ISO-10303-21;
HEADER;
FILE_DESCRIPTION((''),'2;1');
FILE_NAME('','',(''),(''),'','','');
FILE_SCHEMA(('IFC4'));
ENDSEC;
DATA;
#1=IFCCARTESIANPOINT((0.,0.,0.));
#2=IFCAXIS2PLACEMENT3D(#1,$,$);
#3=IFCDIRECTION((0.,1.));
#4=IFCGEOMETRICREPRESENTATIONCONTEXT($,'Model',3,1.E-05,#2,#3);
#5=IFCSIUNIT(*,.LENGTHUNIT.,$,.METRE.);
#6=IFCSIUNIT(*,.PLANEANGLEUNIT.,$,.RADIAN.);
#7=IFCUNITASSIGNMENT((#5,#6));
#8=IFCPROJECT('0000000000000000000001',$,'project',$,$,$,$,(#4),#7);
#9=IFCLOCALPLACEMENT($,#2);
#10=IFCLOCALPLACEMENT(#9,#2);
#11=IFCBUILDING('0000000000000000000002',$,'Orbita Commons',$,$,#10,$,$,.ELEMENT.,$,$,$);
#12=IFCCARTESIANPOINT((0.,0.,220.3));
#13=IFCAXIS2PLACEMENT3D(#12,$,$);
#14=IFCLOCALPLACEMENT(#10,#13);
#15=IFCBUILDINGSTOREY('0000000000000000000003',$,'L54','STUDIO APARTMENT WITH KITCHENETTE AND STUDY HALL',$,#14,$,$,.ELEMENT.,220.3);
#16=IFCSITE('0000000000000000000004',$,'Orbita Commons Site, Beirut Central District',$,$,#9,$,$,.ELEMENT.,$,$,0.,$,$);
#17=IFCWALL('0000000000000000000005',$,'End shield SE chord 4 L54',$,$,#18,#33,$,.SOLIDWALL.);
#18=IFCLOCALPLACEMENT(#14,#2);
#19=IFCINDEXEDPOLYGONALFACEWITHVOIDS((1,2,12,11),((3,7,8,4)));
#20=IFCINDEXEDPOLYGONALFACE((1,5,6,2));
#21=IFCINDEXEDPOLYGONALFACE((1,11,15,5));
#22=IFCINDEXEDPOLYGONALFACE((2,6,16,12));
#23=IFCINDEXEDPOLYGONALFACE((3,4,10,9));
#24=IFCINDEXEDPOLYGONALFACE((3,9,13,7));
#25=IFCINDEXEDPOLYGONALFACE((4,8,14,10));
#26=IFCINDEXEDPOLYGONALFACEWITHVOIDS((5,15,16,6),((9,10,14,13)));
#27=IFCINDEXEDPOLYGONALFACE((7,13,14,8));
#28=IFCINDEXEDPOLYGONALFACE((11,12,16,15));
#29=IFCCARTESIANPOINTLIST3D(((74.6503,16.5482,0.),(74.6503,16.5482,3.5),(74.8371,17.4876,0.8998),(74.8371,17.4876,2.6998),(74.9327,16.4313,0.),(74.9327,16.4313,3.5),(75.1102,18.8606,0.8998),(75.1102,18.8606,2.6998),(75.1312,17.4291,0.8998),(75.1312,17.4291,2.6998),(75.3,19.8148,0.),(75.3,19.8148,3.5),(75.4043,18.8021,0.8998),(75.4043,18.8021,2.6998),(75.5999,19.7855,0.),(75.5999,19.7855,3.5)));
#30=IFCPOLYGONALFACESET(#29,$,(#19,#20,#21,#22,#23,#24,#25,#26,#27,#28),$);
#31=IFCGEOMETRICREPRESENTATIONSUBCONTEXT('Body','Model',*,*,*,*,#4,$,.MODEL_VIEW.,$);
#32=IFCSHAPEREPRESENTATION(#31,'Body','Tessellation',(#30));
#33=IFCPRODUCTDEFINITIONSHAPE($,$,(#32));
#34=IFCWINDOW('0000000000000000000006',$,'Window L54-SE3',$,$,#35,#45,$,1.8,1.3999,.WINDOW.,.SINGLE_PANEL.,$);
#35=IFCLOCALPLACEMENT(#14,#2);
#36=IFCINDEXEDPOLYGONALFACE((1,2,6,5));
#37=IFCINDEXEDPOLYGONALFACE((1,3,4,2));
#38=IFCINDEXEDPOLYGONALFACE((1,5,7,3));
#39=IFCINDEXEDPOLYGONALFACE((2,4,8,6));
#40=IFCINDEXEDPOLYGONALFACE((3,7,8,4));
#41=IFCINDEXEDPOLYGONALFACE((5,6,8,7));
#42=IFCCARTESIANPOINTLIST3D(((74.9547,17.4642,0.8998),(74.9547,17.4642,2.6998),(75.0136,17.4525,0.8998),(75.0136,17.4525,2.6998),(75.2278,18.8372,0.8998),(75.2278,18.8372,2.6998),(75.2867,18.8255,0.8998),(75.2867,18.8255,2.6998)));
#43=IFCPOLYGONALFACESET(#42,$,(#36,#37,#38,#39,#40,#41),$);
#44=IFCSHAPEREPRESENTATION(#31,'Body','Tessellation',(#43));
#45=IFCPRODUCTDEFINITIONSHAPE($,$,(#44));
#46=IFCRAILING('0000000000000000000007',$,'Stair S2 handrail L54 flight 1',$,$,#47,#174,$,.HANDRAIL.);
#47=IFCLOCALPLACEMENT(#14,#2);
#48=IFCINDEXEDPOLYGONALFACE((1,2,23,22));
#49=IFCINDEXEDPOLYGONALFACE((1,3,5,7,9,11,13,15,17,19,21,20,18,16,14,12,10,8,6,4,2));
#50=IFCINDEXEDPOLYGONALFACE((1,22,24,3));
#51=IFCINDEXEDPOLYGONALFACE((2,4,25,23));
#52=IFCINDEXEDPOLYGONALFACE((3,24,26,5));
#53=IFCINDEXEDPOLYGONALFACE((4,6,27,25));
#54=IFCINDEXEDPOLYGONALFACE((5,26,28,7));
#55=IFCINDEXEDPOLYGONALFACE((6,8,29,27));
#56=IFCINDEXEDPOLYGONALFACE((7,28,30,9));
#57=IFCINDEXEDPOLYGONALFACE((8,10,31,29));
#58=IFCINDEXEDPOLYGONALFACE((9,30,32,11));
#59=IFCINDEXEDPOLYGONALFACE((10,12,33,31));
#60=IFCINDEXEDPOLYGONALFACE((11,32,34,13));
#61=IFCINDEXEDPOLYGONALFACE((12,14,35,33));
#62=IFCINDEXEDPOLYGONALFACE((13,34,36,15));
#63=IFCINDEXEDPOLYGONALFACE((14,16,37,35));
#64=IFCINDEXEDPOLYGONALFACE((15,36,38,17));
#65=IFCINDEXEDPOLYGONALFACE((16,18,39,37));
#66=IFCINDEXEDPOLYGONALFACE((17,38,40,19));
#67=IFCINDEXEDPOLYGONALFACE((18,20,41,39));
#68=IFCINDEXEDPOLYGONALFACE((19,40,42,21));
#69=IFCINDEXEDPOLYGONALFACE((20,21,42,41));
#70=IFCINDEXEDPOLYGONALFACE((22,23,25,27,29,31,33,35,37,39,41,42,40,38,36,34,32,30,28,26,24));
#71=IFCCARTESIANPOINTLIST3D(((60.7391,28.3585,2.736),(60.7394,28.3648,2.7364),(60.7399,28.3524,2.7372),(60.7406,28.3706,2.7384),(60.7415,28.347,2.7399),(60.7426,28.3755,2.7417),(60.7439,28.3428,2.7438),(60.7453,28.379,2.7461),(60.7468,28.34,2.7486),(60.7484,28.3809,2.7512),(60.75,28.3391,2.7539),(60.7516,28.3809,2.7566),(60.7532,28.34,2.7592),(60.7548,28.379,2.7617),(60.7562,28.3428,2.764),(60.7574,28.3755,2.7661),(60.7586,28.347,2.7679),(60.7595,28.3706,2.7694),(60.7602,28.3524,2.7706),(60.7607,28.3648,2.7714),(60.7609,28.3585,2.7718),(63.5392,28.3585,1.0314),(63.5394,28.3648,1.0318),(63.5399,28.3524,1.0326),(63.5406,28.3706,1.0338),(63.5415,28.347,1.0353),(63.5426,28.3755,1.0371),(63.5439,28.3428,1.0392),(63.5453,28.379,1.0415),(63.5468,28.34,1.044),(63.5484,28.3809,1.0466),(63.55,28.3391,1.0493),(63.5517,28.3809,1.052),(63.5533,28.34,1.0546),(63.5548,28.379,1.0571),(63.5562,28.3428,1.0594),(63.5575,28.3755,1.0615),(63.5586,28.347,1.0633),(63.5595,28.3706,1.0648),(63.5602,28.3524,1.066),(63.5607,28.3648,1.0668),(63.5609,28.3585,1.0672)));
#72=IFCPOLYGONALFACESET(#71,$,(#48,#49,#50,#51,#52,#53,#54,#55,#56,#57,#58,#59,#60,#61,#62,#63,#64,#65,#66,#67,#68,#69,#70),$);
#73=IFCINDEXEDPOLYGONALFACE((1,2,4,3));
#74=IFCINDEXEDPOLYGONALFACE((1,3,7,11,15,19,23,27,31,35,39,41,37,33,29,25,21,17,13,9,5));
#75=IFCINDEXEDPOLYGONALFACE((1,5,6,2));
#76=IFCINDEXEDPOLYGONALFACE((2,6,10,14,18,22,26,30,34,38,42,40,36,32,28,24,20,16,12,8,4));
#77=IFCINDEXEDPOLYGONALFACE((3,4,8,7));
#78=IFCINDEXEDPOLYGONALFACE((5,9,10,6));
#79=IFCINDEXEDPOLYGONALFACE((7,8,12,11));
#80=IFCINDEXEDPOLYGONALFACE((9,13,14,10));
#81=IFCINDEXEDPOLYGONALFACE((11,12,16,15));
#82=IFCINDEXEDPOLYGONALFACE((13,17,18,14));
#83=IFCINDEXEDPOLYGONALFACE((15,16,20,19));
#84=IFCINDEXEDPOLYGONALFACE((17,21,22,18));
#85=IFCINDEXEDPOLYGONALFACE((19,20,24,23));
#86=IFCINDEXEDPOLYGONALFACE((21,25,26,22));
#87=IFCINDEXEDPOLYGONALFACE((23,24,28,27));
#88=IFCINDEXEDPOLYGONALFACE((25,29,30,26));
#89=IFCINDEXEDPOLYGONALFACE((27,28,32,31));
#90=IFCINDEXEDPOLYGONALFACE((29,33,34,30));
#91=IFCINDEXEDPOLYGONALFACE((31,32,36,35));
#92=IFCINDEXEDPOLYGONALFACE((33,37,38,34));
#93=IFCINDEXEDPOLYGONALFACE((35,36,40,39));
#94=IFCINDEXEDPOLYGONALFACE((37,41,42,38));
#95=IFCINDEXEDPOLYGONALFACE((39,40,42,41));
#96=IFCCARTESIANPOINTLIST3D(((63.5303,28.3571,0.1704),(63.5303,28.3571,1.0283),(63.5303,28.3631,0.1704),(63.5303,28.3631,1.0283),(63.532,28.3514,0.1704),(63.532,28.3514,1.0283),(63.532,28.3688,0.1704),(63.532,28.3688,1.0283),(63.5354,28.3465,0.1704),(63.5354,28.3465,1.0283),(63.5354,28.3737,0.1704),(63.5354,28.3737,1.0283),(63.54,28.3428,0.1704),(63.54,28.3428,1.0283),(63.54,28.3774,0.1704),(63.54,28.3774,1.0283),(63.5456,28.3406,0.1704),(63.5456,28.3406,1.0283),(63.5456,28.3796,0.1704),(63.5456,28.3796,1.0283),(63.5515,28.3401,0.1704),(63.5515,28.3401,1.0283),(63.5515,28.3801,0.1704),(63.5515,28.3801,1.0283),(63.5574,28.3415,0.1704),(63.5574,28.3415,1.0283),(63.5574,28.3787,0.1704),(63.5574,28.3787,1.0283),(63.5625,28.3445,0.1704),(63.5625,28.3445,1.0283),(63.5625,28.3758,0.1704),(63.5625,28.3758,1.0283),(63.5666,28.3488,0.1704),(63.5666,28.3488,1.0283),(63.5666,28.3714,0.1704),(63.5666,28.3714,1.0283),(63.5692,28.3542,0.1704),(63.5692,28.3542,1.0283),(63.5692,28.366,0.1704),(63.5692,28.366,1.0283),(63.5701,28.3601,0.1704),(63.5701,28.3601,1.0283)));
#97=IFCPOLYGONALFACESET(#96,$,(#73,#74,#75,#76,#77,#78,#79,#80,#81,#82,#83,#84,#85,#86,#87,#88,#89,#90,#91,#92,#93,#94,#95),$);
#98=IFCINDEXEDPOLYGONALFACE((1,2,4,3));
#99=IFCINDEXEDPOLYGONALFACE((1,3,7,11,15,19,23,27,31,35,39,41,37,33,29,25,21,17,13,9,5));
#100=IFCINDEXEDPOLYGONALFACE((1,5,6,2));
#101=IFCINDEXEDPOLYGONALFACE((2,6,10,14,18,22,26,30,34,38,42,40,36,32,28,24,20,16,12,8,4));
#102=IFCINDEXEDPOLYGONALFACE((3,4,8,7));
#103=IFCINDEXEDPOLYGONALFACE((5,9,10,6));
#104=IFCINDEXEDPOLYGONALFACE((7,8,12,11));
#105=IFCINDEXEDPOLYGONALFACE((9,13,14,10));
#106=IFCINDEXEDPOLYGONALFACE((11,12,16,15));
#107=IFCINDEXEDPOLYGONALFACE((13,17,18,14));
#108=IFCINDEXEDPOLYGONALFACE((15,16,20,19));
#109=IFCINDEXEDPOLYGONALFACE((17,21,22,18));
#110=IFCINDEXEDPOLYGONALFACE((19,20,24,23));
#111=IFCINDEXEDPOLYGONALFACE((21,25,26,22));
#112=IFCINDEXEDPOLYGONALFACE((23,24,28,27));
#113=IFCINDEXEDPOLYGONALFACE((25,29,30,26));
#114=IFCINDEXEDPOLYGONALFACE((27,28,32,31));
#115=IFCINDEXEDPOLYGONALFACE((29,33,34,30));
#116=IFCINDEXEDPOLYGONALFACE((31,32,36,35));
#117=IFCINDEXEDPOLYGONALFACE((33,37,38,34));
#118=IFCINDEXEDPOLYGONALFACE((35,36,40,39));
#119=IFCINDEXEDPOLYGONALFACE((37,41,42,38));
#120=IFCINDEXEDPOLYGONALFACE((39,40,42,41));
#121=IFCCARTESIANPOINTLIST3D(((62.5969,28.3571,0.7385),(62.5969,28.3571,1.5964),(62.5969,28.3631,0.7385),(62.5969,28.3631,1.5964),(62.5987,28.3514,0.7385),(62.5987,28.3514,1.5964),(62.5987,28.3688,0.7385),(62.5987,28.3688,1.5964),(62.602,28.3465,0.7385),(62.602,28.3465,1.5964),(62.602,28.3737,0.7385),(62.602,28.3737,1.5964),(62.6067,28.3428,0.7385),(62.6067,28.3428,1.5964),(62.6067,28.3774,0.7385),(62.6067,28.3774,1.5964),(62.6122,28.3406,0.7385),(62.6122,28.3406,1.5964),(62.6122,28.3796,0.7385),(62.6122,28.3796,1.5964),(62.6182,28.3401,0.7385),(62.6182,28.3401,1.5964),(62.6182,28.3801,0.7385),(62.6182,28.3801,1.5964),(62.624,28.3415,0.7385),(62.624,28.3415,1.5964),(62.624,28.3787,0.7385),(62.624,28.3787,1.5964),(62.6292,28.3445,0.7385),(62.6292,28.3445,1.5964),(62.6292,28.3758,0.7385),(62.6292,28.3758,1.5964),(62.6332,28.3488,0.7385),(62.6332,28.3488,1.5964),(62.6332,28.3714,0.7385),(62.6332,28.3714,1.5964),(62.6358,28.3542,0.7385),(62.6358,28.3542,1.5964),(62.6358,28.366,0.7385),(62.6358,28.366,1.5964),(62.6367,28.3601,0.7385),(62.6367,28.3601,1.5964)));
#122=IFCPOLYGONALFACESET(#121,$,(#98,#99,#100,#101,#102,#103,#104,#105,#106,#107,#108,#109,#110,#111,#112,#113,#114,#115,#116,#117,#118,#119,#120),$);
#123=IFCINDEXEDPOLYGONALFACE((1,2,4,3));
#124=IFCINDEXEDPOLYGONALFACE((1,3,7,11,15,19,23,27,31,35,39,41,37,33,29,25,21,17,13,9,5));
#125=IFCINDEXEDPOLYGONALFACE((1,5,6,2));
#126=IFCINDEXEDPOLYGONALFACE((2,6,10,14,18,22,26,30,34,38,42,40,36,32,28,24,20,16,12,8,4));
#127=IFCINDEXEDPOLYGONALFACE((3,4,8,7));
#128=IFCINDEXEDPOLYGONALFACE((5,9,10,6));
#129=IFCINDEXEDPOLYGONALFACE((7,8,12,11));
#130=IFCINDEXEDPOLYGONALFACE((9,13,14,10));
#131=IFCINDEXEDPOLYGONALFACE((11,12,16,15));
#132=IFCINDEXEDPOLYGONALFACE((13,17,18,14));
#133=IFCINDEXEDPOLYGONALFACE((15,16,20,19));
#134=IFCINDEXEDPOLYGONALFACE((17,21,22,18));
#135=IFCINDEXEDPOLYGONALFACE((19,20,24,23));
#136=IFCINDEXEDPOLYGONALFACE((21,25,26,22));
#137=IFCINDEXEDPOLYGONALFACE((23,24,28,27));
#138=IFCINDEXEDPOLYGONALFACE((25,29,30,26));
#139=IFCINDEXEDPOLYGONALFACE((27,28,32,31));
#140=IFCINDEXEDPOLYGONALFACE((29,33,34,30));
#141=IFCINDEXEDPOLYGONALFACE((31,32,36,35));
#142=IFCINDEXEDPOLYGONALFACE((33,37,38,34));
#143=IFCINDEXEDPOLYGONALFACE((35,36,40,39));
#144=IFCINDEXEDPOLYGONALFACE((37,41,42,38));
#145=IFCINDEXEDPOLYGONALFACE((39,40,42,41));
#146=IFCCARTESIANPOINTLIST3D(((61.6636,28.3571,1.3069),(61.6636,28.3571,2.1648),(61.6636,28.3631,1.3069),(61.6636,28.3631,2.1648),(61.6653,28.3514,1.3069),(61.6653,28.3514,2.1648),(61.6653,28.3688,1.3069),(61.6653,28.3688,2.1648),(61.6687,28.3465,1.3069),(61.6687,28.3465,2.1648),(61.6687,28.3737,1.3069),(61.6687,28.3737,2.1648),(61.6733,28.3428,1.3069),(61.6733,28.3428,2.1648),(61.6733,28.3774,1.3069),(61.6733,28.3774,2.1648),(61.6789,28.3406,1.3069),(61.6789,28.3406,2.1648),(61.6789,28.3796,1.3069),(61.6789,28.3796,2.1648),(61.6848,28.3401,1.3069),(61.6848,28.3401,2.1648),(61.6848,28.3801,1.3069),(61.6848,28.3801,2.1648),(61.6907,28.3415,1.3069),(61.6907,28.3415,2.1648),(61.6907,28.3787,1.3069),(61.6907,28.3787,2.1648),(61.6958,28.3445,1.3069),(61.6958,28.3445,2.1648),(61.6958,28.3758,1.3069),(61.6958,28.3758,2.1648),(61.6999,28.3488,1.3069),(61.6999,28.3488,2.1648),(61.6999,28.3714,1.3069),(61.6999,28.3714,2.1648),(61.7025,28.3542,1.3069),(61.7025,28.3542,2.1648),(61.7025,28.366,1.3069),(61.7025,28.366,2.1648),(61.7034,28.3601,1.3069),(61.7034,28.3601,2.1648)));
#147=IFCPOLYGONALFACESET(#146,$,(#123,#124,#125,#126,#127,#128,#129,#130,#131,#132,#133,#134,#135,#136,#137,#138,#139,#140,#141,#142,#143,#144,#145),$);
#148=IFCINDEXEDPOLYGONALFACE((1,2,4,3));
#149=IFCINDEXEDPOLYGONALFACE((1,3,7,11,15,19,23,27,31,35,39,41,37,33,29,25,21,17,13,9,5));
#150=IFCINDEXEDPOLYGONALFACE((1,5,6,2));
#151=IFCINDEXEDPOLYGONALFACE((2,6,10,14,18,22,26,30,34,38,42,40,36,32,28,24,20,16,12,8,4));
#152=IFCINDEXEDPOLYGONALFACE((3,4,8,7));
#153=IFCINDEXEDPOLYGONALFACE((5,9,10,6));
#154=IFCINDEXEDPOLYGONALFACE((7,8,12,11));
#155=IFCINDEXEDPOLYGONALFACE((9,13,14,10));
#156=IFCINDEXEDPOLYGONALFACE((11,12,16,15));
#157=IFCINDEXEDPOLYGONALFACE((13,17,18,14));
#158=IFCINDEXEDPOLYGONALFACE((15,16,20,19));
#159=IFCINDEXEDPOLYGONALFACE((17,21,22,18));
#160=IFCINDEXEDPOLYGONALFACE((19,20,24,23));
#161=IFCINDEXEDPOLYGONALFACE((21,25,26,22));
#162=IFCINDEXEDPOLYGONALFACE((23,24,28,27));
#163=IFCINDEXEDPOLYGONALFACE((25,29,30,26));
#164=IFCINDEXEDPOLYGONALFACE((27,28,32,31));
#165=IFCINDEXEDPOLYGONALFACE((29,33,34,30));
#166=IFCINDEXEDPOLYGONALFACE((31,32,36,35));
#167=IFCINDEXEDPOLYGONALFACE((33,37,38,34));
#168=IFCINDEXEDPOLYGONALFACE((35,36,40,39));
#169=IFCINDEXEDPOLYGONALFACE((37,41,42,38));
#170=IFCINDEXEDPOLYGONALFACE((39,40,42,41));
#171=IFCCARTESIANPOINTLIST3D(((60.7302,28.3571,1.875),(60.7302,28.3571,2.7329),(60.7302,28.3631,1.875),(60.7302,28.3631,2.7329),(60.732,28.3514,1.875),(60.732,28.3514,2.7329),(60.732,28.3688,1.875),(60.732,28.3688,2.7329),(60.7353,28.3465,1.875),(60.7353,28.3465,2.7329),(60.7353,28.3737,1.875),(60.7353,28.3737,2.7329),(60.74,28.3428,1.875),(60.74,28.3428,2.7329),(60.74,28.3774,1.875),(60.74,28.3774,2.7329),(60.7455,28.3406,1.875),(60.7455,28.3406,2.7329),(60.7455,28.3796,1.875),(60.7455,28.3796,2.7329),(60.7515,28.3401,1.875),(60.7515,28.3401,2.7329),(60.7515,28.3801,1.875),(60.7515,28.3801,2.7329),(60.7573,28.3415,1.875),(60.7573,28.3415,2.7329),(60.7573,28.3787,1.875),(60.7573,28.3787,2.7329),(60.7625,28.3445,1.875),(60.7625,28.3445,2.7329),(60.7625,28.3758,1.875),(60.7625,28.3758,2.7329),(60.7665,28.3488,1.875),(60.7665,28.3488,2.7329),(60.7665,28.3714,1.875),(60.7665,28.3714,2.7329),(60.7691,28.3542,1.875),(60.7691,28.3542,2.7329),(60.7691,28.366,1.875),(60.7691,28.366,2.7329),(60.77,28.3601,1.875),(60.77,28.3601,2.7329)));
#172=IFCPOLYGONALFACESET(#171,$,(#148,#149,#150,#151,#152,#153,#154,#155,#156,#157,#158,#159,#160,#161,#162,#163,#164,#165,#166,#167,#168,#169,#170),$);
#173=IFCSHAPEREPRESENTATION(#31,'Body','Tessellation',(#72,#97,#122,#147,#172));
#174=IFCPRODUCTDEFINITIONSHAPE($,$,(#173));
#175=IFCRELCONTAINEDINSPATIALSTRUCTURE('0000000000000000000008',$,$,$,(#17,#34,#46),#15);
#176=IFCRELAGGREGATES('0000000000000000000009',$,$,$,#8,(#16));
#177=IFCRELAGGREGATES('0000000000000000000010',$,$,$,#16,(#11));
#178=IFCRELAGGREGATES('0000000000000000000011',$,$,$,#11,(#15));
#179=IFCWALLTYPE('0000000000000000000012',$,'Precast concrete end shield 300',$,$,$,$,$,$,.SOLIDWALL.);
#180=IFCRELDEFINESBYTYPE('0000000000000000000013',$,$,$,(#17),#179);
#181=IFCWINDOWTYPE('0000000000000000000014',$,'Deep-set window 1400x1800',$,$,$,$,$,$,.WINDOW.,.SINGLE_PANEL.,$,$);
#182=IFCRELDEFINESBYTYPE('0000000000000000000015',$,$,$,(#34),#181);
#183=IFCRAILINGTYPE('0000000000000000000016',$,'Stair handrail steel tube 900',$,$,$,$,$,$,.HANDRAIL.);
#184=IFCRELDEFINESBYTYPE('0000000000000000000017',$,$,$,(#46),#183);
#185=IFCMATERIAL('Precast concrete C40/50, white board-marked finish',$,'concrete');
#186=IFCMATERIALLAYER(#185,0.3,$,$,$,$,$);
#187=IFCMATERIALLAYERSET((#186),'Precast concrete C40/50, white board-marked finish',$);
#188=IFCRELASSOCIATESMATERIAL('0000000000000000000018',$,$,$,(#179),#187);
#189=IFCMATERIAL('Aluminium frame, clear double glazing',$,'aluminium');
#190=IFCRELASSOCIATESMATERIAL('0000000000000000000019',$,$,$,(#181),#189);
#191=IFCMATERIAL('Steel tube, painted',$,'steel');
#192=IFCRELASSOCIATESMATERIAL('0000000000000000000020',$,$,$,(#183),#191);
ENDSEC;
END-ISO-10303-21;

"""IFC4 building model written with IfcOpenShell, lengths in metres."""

from ifc_helpers import new_model, si_unit, direction, frame, frame_2d, origin, origin_2d, place, context, subcontext, project, spatial, polyline, rectangle, circle, outline, extrude, material, layer, layer_set, type_object, element, fill, save


model = new_model("IFC4")

# Units and contexts
model_context = context("Model", 3, precision=1e-05, world=origin(), true_north=direction((0.0, 1.0)))
body_context = subcontext(model_context, "Body", "Model", "MODEL_VIEW")
ifc_project = project(units=[si_unit("LENGTHUNIT", "METRE"), si_unit("PLANEANGLEUNIT", "RADIAN")], contexts=[model_context])

# Site, building, storey
site_placement = place(None, origin())
site = spatial("IfcSite", under=ifc_project, at=site_placement, Name="Orbita Commons Site, Beirut Central District", CompositionType="ELEMENT", RefElevation=0.0)
building_placement = place(site_placement, origin())
building = spatial("IfcBuilding", under=site, at=building_placement, Name="Orbita Commons", CompositionType="ELEMENT")
storey_placement = place(building_placement, frame((0.0, 0.0, 220.3)))
storey = spatial("IfcBuildingStorey", under=building, at=storey_placement, Name="L54", Description="STUDIO APARTMENT WITH KITCHENETTE AND STUDY HALL", CompositionType="ELEMENT", Elevation=220.3)

# Shared definitions
ifc_material_1 = material(Name="Precast concrete C40/50, white board-marked finish", Category="concrete")
ifc_layer_1 = layer(ifc_material_1, 0.3)
ifc_layer_set_1 = layer_set([ifc_layer_1], Name="Precast concrete C40/50, white board-marked finish")
wall_type_1 = type_object("IfcWallType", Name="Precast concrete end shield 300", PredefinedType="SOLIDWALL", material=ifc_layer_set_1)

# Wall, opening, window
wall_1_placement = place(storey_placement, frame((74.7915, 16.4897, 0.0), z_axis=(0.0, 0.0, 1.0), x_axis=(0.195087, 0.980786, 0.0)))
wall_1 = element("IfcWall", 1, at=wall_1_placement, inside=storey, type_object=wall_type_1, Name="End shield SE chord 4 L54", PredefinedType="SOLIDWALL", context=body_context, shape_type="SweptSolid", body=[
    extrude(outline(polyline([(-0.0298, -0.1499), (3.3901, -0.1499), (3.3604, 0.1499), (0.0298, 0.1499), (-0.0298, -0.1499)])), origin(), (0.0, 0.0, 1.0), 3.5),
])
opening_1_placement = place(wall_1_placement, frame((0.9875, 0.0, 0.8999)))
opening_1 = element("IfcOpeningElement", 2, at=opening_1_placement, cuts=wall_1, PredefinedType="OPENING", context=body_context, shape_type="SweptSolid", body=[
    extrude(rectangle(XDim=1.3999, YDim=1.8, at=frame_2d((0.7, 0.8999))), frame((0.0, 0.1599, 0.0), z_axis=(0.0, -1.0, 0.0), x_axis=(1.0, 0.0, 0.0)), (0.0, 0.0, 1.0), 0.3201),
])
ifc_material_2 = material(Name="Aluminium frame, clear double glazing", Category="aluminium")
window_type_1 = type_object("IfcWindowType", Name="Deep-set window 1400x1800", PartitioningType="SINGLE_PANEL", PredefinedType="WINDOW", material=ifc_material_2)
window_1_placement = place(opening_1_placement, origin())
window_1 = element("IfcWindow", 3, at=window_1_placement, inside=storey, type_object=window_type_1, Name="Window L54-SE3", OverallHeight=1.8, OverallWidth=1.3999, PartitioningType="SINGLE_PANEL", PredefinedType="WINDOW", context=body_context, shape_type="SweptSolid", body=[
    extrude(rectangle(XDim=1.3999, YDim=1.8, at=frame_2d((0.7, 0.8999))), frame((0.0, 0.03, 0.0), z_axis=(0.0, -1.0, 0.0), x_axis=(1.0, 0.0, 0.0)), (0.0, 0.0, 1.0), 0.0601),
])
fill(opening_1, window_1)

# Railing
ifc_material_3 = material(Name="Steel tube, painted", Category="steel")
railing_type = type_object("IfcRailingType", Name="Stair handrail steel tube 900", PredefinedType="HANDRAIL", material=ifc_material_3)
for number, where, name in (
    (4, (63.55, 28.3601, 0.1704), "Stair S2 handrail L54 flight 1"),
):
    element("IfcRailing", number, at=place(storey_placement, frame(where)), inside=storey, type_object=railing_type, Name=name, PredefinedType="HANDRAIL", context=body_context, shape_type="SweptSolid", body=[
        extrude(circle(Radius=0.021, at=origin_2d()), frame((0.0, 0.0, 0.8789), z_axis=(-0.85417, 0.0, 0.519994), x_axis=(0.0, -1.0, 0.0)), (0.0, 0.0, 1.0), 3.2781),
        extrude(circle(Radius=0.02, at=origin_2d()), origin(), (0.0, 0.0, 1.0), 0.8579),
        extrude(circle(Radius=0.02, at=origin_2d()), frame((-0.9333, 0.0, 0.5681)), (0.0, 0.0, 1.0), 0.8579),
        extrude(circle(Radius=0.02, at=origin_2d()), frame((-1.8667, 0.0, 1.1365)), (0.0, 0.0, 1.0), 0.8579),
        extrude(circle(Radius=0.02, at=origin_2d()), frame((-2.8, 0.0, 1.7046)), (0.0, 0.0, 1.0), 0.8579),
    ])

save(model, "model.ifc")
